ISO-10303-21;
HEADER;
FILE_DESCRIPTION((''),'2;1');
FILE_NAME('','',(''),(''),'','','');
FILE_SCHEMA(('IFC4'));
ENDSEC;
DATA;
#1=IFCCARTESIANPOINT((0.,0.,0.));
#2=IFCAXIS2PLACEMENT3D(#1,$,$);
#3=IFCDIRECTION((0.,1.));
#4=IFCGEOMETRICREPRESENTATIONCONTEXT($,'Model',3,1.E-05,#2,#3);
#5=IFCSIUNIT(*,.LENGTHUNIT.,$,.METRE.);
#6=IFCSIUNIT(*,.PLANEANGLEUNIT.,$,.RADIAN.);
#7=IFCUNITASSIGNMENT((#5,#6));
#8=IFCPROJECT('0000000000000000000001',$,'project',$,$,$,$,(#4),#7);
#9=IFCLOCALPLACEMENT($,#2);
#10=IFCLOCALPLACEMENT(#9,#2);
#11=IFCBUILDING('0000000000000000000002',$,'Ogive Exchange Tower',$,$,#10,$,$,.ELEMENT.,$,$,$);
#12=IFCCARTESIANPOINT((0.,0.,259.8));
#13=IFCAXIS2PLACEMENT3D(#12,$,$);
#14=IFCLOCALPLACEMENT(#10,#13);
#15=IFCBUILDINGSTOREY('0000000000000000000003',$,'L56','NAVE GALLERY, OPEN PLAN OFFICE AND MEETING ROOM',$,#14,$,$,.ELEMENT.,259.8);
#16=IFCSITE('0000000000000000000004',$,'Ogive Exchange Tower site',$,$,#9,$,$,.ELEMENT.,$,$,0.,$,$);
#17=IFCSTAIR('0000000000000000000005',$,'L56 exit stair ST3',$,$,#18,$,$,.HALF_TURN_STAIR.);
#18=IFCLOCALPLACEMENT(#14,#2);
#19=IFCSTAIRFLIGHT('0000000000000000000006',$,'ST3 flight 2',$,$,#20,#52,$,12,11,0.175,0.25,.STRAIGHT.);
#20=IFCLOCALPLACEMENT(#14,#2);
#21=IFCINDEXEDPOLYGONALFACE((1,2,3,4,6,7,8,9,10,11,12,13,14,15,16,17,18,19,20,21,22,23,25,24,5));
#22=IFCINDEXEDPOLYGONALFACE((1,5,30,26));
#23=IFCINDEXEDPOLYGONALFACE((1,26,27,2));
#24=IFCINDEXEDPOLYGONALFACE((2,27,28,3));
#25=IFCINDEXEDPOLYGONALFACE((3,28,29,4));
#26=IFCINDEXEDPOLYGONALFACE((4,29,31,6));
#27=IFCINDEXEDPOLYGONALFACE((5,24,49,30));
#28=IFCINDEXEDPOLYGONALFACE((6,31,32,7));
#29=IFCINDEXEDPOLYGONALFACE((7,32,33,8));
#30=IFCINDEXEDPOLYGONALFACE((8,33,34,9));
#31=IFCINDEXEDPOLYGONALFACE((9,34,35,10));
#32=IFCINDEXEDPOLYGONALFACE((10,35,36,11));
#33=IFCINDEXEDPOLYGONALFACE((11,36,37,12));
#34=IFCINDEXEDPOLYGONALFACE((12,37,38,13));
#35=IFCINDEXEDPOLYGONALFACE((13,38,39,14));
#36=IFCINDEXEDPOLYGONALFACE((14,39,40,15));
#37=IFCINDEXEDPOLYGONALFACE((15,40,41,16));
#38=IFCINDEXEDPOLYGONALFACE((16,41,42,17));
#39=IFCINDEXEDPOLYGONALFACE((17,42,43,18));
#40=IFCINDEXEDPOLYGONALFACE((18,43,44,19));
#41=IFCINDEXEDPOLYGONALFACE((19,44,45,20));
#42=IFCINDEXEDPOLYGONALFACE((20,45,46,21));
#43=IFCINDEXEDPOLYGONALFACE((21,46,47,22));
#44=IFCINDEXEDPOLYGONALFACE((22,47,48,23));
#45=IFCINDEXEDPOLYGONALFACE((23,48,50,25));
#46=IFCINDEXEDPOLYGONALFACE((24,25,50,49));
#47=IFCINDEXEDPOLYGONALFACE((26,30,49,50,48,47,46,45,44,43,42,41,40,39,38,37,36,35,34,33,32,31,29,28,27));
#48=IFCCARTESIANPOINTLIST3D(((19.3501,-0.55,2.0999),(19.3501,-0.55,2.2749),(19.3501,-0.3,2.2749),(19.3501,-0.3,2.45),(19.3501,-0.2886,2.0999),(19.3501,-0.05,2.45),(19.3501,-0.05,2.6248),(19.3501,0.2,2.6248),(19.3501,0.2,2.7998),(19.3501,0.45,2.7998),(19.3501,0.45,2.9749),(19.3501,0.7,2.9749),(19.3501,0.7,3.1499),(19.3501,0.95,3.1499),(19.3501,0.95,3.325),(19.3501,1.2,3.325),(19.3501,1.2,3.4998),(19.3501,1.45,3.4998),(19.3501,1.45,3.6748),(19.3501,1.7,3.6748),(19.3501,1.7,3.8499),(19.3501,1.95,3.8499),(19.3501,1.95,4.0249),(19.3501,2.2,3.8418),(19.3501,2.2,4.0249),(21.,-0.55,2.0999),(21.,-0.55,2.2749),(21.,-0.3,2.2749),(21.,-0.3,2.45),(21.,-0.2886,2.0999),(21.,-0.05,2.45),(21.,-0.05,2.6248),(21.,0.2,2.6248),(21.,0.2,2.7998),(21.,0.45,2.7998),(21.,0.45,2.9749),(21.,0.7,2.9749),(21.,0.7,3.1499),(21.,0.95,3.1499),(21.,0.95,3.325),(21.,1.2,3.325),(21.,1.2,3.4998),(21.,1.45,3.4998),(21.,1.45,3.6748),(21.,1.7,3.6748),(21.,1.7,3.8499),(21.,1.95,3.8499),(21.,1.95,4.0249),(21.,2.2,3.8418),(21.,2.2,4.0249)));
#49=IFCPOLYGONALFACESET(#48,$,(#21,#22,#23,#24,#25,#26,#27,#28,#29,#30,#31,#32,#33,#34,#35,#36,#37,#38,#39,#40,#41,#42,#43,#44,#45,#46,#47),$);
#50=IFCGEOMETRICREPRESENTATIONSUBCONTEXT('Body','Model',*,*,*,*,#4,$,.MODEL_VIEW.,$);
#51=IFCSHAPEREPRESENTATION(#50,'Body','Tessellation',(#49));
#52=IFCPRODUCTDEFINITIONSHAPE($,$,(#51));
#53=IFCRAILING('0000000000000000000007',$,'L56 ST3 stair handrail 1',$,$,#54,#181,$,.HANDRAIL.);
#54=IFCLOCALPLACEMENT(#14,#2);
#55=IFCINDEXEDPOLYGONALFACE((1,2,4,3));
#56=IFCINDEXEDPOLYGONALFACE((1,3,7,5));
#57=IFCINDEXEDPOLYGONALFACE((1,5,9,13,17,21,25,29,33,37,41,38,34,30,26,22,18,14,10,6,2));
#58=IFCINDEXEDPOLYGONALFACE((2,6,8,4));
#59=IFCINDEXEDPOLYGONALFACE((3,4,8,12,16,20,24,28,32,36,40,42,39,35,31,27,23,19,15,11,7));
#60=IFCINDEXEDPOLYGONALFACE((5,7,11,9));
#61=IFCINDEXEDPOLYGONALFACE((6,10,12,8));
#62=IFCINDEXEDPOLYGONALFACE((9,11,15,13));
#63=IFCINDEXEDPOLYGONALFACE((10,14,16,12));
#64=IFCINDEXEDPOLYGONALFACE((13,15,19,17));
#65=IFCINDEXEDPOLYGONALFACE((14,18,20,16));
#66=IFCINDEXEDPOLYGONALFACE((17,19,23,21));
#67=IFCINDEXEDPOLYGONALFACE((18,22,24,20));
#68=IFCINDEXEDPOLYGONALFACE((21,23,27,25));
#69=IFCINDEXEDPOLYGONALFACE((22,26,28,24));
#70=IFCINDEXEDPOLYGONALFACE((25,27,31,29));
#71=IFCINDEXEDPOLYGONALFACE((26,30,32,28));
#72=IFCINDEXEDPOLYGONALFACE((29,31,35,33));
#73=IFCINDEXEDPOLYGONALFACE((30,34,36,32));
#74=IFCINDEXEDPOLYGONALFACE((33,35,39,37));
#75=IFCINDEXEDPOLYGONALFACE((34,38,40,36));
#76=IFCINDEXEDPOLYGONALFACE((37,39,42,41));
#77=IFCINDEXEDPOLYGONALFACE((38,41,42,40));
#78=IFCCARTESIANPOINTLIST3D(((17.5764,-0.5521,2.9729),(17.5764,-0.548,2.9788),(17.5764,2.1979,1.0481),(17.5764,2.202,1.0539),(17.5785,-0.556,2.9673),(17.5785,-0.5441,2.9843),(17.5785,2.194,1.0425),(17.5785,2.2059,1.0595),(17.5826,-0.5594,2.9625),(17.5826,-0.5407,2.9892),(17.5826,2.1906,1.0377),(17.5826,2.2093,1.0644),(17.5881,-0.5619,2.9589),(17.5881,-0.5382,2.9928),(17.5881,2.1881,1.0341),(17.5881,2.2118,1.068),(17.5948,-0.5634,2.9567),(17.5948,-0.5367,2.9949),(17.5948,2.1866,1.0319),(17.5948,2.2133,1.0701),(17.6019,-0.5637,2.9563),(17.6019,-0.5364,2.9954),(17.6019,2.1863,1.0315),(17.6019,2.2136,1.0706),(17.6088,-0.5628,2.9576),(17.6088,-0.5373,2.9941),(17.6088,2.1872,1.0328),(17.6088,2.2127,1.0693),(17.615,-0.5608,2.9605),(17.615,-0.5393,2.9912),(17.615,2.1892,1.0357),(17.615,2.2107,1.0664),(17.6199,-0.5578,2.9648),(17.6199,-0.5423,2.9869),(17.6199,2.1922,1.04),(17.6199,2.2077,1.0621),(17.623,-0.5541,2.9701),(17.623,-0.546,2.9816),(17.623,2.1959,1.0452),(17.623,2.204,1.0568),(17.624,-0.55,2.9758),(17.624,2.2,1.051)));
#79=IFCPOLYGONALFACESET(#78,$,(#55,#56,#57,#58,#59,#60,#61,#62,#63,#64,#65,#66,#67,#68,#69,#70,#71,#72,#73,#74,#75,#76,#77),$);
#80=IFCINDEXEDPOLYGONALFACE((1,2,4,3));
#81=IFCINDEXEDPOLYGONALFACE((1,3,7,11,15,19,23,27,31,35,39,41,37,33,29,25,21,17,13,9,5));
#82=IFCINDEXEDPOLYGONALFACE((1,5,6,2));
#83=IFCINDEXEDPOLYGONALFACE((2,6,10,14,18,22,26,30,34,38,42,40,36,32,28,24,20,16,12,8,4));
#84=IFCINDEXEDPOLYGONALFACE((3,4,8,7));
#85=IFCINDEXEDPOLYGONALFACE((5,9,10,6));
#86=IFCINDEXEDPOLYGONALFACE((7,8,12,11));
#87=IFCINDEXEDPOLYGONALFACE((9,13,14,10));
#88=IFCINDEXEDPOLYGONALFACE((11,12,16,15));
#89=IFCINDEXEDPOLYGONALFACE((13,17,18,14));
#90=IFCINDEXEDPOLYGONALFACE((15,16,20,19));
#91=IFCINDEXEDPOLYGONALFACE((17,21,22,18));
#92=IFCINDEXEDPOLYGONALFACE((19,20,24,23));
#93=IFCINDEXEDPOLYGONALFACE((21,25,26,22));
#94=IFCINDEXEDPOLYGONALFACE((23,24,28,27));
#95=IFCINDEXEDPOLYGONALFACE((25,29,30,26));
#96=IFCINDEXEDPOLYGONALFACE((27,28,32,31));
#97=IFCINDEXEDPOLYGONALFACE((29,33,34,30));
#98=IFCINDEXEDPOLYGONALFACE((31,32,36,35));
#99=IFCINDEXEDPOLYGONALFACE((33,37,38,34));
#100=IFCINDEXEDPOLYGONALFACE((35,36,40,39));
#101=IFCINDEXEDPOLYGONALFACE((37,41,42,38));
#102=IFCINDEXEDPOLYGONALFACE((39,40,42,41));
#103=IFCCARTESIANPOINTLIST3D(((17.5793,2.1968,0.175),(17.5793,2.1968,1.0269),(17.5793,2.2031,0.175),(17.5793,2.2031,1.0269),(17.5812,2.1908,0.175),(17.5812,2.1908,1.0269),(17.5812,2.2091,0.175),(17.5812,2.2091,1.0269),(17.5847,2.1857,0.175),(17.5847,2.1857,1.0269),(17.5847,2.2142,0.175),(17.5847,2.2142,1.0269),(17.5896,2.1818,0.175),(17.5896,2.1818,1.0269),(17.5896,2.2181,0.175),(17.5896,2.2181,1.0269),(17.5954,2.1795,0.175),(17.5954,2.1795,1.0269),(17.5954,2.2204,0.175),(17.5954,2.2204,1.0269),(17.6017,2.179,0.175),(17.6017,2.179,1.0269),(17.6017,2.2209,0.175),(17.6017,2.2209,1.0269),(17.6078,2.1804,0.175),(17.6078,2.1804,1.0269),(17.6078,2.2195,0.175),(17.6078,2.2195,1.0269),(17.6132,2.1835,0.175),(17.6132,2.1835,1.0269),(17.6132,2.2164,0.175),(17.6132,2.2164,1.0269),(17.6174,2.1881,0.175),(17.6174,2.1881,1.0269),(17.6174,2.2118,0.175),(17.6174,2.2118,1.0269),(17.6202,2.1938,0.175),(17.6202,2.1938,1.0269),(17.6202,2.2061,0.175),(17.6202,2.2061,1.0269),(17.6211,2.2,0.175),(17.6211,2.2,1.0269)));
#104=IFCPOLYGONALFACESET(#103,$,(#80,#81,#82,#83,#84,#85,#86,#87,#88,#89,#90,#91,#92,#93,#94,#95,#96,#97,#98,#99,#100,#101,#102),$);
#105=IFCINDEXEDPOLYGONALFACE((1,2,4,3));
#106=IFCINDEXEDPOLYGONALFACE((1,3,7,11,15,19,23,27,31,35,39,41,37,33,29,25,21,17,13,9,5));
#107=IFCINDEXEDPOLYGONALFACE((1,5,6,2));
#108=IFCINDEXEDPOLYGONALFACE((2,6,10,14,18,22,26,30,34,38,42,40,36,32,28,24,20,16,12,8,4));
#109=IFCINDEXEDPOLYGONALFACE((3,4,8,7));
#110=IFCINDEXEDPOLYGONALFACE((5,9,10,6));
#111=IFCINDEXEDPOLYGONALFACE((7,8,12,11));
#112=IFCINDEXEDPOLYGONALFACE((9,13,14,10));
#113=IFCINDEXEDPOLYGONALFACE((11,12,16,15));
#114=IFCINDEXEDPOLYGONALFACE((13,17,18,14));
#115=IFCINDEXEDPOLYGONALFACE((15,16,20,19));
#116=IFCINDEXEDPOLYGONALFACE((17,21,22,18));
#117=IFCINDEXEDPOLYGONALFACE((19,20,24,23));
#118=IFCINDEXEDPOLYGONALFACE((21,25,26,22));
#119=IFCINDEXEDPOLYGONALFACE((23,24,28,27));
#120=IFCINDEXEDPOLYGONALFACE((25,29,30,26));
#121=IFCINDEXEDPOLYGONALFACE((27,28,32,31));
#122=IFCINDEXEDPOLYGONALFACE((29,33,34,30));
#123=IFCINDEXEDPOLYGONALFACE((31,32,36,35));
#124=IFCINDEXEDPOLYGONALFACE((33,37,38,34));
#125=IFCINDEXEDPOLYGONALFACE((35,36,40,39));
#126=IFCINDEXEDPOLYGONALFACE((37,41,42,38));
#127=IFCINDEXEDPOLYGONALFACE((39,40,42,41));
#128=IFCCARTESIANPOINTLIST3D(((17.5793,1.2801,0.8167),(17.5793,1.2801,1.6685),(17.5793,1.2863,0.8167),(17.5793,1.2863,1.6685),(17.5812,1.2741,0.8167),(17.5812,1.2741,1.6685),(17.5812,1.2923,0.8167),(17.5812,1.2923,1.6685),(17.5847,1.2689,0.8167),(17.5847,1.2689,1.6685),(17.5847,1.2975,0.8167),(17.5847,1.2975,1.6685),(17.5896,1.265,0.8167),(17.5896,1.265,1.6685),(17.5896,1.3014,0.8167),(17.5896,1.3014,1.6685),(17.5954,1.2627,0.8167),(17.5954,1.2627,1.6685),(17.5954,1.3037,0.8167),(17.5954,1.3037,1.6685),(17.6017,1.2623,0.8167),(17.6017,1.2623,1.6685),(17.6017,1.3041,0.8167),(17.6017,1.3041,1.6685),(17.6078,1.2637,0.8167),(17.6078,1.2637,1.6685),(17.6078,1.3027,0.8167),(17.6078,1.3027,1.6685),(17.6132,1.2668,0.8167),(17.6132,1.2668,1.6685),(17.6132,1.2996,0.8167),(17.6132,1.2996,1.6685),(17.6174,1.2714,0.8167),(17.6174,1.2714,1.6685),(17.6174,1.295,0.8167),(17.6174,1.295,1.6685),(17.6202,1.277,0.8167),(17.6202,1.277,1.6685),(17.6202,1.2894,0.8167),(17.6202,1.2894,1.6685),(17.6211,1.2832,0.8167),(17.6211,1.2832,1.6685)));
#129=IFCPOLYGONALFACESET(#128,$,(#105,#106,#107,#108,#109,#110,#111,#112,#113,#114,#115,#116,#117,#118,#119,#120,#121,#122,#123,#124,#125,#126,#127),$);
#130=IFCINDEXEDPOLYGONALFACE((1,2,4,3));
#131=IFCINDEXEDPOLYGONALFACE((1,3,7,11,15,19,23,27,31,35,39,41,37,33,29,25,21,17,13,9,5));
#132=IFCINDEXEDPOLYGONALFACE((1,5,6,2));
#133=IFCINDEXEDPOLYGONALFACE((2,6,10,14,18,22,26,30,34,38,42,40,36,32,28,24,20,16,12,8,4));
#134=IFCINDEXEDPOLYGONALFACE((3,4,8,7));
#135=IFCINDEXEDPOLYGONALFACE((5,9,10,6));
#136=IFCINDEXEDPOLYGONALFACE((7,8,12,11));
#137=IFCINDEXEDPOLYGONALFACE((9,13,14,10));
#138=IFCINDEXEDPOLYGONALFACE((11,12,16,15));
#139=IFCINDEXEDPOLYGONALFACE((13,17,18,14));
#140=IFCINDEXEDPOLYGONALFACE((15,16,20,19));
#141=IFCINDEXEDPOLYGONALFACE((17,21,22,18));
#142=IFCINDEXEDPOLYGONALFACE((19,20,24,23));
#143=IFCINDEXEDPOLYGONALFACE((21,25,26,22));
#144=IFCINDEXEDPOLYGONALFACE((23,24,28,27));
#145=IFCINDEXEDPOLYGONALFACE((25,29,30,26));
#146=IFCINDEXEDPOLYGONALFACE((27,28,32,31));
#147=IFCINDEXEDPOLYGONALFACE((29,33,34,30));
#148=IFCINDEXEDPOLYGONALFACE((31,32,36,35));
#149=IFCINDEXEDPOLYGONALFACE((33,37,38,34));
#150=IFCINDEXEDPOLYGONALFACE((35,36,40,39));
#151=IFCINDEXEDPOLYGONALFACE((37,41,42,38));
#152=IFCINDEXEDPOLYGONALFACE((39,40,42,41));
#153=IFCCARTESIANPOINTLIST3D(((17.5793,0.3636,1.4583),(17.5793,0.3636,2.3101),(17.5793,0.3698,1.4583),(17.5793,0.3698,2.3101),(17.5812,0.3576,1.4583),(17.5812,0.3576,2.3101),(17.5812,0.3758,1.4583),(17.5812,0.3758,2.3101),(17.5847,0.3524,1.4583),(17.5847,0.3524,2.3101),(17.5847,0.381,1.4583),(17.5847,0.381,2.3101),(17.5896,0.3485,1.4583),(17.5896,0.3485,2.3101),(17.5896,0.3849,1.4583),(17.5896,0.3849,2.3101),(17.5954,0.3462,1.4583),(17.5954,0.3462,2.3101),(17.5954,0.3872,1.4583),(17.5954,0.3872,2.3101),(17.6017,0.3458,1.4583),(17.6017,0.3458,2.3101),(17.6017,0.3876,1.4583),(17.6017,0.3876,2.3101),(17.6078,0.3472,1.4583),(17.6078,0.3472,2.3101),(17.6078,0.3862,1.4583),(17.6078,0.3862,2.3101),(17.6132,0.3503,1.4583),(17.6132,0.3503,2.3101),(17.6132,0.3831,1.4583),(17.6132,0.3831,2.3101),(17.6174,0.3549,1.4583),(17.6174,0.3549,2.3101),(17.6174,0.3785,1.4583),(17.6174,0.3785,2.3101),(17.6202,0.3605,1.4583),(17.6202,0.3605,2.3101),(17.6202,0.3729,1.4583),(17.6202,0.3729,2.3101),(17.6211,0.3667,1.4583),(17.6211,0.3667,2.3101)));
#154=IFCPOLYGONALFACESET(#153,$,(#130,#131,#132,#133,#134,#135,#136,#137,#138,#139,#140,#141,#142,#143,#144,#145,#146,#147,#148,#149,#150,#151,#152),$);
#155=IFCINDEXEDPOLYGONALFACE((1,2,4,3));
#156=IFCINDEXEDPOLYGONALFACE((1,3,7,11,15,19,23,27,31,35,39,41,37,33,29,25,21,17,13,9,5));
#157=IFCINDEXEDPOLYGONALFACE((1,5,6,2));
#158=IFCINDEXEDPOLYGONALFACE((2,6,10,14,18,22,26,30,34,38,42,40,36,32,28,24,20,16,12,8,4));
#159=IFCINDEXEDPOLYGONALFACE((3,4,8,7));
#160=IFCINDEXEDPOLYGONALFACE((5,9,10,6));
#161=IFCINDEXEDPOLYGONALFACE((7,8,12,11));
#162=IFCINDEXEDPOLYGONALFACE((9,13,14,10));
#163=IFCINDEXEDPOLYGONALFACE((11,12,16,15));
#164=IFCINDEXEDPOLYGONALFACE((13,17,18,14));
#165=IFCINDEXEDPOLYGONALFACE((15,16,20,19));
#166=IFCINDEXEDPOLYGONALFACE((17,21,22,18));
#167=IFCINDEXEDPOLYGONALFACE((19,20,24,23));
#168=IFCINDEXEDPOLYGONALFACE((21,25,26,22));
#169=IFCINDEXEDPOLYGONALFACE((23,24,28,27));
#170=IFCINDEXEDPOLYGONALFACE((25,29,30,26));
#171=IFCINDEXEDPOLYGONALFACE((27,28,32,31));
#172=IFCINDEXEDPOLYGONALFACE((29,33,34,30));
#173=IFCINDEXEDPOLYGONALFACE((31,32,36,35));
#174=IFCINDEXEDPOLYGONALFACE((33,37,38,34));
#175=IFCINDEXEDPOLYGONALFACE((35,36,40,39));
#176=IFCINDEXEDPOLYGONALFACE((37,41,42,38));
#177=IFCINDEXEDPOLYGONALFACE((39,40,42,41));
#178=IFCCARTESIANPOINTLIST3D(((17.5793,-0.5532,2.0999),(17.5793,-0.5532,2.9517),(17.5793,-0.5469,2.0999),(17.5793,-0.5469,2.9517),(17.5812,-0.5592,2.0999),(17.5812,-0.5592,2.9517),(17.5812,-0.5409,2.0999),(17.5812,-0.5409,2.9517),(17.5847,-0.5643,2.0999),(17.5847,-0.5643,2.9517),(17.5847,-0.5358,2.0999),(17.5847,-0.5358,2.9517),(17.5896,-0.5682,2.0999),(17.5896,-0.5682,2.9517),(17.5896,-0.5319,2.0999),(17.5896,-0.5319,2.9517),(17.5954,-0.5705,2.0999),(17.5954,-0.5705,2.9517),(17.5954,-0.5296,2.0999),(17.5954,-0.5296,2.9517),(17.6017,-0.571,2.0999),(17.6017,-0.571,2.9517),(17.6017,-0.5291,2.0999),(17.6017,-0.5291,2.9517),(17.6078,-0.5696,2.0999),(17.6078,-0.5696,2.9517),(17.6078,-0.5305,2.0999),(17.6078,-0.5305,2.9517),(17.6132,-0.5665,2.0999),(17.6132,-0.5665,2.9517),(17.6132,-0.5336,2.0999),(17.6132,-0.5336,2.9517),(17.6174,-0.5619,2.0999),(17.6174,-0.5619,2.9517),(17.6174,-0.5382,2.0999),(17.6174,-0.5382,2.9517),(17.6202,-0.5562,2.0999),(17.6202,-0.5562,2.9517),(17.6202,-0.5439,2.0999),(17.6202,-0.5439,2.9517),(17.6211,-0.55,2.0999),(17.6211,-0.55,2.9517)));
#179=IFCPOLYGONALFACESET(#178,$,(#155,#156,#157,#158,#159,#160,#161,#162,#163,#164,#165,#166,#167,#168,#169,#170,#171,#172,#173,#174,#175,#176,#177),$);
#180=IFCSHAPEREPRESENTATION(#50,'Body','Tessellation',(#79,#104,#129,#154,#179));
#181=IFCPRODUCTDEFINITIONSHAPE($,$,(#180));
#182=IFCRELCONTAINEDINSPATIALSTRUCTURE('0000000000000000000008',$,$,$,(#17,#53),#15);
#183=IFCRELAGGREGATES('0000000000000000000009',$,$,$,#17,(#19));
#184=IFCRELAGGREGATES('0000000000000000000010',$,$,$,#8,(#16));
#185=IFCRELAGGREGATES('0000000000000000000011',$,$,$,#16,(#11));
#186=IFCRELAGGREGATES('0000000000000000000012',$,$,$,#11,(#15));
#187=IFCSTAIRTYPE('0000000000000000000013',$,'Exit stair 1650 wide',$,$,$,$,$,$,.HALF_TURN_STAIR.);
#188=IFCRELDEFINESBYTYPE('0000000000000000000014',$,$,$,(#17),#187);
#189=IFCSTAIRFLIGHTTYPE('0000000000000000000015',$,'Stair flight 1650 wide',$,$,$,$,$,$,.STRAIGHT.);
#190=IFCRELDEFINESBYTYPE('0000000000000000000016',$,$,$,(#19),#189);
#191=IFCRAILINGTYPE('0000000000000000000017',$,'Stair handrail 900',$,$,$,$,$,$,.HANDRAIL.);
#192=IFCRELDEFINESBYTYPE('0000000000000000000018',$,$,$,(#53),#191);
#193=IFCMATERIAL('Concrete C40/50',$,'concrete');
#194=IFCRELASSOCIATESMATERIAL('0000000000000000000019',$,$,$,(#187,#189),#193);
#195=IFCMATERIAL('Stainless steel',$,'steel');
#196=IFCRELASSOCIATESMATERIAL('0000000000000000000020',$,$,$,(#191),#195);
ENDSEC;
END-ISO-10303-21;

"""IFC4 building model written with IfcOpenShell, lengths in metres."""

from ifc_helpers import new_model, si_unit, direction, frame, origin, origin_2d, place, context, subcontext, project, spatial, polyline, circle, outline, extrude, material, type_object, element, aggregate, save


model = new_model("IFC4")

# Units and contexts
model_context = context("Model", 3, precision=1e-05, world=origin(), true_north=direction((0.0, 1.0)))
body_context = subcontext(model_context, "Body", "Model", "MODEL_VIEW")
ifc_project = project(units=[si_unit("LENGTHUNIT", "METRE"), si_unit("PLANEANGLEUNIT", "RADIAN")], contexts=[model_context])

# Site, building, storey
site_placement = place(None, origin())
site = spatial("IfcSite", under=ifc_project, at=site_placement, Name="Ogive Exchange Tower site", CompositionType="ELEMENT", RefElevation=0.0)
building_placement = place(site_placement, origin())
building = spatial("IfcBuilding", under=site, at=building_placement, Name="Ogive Exchange Tower", CompositionType="ELEMENT")
storey_placement = place(building_placement, frame((0.0, 0.0, 259.8)))
storey = spatial("IfcBuildingStorey", under=building, at=storey_placement, Name="L56", Description="NAVE GALLERY, OPEN PLAN OFFICE AND MEETING ROOM", CompositionType="ELEMENT", Elevation=259.8)

# Shared definitions
ifc_material_1 = material(Name="Stainless steel", Category="steel")

# Stair, stair flight
ifc_material_2 = material(Name="Concrete C40/50", Category="concrete")
stair_type = type_object("IfcStairType", Name="Exit stair 1650 wide", PredefinedType="HALF_TURN_STAIR", material=ifc_material_2)
stair_placement = place(storey_placement, origin())
stair = element("IfcStair", 1, at=stair_placement, inside=storey, type_object=stair_type, Name="L56 exit stair ST3", PredefinedType="HALF_TURN_STAIR")
stair_flight_type = type_object("IfcStairFlightType", Name="Stair flight 1650 wide", PredefinedType="STRAIGHT", material=ifc_material_2)
stair_flight_1_placement = place(storey_placement, frame((20.175, -0.55, 2.0999), z_axis=(0.0, 0.0, 1.0), x_axis=(0.0, 1.0, 0.0)))
stair_flight_1 = element("IfcStairFlight", 2, at=stair_flight_1_placement, type_object=stair_flight_type, Name="ST3 flight 2", NumberOfRisers=12, NumberOfTreads=11, PredefinedType="STRAIGHT", RiserHeight=0.175, TreadLength=0.25, context=body_context, shape_type="SweptSolid", body=[
    extrude(outline(polyline([(0.0, 0.0), (0.0, 0.175), (0.25, 0.175), (0.25, 0.3501), (0.5, 0.3501), (0.5, 0.5249), (0.75, 0.5249), (0.75, 0.7), (1.0, 0.7), (1.0, 0.875), (1.25, 0.875), (1.25, 1.05), (1.5, 1.05), (1.5, 1.2251), (1.75, 1.2251), (1.75, 1.3999), (2.0, 1.3999), (2.0, 1.575), (2.25, 1.575), (2.25, 1.75), (2.5, 1.75), (2.5, 1.925), (2.75, 1.925), (2.75, 2.1001), (2.75, 1.7419), (0.2615, 0.0), (0.0, 0.0)])), frame((0.0, 0.825, 0.0), z_axis=(0.0, -1.0, 0.0), x_axis=(1.0, 0.0, 0.0)), (0.0, 0.0, 1.0), 1.6499),
])
aggregate(stair, [stair_flight_1])

# Railing
railing_type = type_object("IfcRailingType", Name="Stair handrail 900", PredefinedType="HANDRAIL", material=ifc_material_1)
railing_1_placement = place(storey_placement, frame((17.6001, 2.2, 0.175)))
element("IfcRailing", 3, at=railing_1_placement, inside=storey, type_object=railing_type, Name="L56 ST3 stair handrail 1", PredefinedType="HANDRAIL", context=body_context, shape_type="SweptSolid", body=[
    extrude(circle(Radius=0.0239, at=origin_2d()), frame((0.0, 0.0, 0.876), z_axis=(0.0, -0.819259, 0.573423), x_axis=(1.0, 0.0, 0.0)), (0.0, 0.0, 1.0), 3.3567),
    extrude(circle(Radius=0.021, at=origin_2d()), origin(), (0.0, 0.0, 1.0), 0.8518),
    extrude(circle(Radius=0.021, at=origin_2d()), frame((0.0, -0.9167, 0.6416)), (0.0, 0.0, 1.0), 0.8518),
    extrude(circle(Radius=0.021, at=origin_2d()), frame((0.0, -1.8333, 1.2832)), (0.0, 0.0, 1.0), 0.8518),
    extrude(circle(Radius=0.021, at=origin_2d()), frame((0.0, -2.75, 1.9248)), (0.0, 0.0, 1.0), 0.8518),
])

save(model, "model.ifc")
